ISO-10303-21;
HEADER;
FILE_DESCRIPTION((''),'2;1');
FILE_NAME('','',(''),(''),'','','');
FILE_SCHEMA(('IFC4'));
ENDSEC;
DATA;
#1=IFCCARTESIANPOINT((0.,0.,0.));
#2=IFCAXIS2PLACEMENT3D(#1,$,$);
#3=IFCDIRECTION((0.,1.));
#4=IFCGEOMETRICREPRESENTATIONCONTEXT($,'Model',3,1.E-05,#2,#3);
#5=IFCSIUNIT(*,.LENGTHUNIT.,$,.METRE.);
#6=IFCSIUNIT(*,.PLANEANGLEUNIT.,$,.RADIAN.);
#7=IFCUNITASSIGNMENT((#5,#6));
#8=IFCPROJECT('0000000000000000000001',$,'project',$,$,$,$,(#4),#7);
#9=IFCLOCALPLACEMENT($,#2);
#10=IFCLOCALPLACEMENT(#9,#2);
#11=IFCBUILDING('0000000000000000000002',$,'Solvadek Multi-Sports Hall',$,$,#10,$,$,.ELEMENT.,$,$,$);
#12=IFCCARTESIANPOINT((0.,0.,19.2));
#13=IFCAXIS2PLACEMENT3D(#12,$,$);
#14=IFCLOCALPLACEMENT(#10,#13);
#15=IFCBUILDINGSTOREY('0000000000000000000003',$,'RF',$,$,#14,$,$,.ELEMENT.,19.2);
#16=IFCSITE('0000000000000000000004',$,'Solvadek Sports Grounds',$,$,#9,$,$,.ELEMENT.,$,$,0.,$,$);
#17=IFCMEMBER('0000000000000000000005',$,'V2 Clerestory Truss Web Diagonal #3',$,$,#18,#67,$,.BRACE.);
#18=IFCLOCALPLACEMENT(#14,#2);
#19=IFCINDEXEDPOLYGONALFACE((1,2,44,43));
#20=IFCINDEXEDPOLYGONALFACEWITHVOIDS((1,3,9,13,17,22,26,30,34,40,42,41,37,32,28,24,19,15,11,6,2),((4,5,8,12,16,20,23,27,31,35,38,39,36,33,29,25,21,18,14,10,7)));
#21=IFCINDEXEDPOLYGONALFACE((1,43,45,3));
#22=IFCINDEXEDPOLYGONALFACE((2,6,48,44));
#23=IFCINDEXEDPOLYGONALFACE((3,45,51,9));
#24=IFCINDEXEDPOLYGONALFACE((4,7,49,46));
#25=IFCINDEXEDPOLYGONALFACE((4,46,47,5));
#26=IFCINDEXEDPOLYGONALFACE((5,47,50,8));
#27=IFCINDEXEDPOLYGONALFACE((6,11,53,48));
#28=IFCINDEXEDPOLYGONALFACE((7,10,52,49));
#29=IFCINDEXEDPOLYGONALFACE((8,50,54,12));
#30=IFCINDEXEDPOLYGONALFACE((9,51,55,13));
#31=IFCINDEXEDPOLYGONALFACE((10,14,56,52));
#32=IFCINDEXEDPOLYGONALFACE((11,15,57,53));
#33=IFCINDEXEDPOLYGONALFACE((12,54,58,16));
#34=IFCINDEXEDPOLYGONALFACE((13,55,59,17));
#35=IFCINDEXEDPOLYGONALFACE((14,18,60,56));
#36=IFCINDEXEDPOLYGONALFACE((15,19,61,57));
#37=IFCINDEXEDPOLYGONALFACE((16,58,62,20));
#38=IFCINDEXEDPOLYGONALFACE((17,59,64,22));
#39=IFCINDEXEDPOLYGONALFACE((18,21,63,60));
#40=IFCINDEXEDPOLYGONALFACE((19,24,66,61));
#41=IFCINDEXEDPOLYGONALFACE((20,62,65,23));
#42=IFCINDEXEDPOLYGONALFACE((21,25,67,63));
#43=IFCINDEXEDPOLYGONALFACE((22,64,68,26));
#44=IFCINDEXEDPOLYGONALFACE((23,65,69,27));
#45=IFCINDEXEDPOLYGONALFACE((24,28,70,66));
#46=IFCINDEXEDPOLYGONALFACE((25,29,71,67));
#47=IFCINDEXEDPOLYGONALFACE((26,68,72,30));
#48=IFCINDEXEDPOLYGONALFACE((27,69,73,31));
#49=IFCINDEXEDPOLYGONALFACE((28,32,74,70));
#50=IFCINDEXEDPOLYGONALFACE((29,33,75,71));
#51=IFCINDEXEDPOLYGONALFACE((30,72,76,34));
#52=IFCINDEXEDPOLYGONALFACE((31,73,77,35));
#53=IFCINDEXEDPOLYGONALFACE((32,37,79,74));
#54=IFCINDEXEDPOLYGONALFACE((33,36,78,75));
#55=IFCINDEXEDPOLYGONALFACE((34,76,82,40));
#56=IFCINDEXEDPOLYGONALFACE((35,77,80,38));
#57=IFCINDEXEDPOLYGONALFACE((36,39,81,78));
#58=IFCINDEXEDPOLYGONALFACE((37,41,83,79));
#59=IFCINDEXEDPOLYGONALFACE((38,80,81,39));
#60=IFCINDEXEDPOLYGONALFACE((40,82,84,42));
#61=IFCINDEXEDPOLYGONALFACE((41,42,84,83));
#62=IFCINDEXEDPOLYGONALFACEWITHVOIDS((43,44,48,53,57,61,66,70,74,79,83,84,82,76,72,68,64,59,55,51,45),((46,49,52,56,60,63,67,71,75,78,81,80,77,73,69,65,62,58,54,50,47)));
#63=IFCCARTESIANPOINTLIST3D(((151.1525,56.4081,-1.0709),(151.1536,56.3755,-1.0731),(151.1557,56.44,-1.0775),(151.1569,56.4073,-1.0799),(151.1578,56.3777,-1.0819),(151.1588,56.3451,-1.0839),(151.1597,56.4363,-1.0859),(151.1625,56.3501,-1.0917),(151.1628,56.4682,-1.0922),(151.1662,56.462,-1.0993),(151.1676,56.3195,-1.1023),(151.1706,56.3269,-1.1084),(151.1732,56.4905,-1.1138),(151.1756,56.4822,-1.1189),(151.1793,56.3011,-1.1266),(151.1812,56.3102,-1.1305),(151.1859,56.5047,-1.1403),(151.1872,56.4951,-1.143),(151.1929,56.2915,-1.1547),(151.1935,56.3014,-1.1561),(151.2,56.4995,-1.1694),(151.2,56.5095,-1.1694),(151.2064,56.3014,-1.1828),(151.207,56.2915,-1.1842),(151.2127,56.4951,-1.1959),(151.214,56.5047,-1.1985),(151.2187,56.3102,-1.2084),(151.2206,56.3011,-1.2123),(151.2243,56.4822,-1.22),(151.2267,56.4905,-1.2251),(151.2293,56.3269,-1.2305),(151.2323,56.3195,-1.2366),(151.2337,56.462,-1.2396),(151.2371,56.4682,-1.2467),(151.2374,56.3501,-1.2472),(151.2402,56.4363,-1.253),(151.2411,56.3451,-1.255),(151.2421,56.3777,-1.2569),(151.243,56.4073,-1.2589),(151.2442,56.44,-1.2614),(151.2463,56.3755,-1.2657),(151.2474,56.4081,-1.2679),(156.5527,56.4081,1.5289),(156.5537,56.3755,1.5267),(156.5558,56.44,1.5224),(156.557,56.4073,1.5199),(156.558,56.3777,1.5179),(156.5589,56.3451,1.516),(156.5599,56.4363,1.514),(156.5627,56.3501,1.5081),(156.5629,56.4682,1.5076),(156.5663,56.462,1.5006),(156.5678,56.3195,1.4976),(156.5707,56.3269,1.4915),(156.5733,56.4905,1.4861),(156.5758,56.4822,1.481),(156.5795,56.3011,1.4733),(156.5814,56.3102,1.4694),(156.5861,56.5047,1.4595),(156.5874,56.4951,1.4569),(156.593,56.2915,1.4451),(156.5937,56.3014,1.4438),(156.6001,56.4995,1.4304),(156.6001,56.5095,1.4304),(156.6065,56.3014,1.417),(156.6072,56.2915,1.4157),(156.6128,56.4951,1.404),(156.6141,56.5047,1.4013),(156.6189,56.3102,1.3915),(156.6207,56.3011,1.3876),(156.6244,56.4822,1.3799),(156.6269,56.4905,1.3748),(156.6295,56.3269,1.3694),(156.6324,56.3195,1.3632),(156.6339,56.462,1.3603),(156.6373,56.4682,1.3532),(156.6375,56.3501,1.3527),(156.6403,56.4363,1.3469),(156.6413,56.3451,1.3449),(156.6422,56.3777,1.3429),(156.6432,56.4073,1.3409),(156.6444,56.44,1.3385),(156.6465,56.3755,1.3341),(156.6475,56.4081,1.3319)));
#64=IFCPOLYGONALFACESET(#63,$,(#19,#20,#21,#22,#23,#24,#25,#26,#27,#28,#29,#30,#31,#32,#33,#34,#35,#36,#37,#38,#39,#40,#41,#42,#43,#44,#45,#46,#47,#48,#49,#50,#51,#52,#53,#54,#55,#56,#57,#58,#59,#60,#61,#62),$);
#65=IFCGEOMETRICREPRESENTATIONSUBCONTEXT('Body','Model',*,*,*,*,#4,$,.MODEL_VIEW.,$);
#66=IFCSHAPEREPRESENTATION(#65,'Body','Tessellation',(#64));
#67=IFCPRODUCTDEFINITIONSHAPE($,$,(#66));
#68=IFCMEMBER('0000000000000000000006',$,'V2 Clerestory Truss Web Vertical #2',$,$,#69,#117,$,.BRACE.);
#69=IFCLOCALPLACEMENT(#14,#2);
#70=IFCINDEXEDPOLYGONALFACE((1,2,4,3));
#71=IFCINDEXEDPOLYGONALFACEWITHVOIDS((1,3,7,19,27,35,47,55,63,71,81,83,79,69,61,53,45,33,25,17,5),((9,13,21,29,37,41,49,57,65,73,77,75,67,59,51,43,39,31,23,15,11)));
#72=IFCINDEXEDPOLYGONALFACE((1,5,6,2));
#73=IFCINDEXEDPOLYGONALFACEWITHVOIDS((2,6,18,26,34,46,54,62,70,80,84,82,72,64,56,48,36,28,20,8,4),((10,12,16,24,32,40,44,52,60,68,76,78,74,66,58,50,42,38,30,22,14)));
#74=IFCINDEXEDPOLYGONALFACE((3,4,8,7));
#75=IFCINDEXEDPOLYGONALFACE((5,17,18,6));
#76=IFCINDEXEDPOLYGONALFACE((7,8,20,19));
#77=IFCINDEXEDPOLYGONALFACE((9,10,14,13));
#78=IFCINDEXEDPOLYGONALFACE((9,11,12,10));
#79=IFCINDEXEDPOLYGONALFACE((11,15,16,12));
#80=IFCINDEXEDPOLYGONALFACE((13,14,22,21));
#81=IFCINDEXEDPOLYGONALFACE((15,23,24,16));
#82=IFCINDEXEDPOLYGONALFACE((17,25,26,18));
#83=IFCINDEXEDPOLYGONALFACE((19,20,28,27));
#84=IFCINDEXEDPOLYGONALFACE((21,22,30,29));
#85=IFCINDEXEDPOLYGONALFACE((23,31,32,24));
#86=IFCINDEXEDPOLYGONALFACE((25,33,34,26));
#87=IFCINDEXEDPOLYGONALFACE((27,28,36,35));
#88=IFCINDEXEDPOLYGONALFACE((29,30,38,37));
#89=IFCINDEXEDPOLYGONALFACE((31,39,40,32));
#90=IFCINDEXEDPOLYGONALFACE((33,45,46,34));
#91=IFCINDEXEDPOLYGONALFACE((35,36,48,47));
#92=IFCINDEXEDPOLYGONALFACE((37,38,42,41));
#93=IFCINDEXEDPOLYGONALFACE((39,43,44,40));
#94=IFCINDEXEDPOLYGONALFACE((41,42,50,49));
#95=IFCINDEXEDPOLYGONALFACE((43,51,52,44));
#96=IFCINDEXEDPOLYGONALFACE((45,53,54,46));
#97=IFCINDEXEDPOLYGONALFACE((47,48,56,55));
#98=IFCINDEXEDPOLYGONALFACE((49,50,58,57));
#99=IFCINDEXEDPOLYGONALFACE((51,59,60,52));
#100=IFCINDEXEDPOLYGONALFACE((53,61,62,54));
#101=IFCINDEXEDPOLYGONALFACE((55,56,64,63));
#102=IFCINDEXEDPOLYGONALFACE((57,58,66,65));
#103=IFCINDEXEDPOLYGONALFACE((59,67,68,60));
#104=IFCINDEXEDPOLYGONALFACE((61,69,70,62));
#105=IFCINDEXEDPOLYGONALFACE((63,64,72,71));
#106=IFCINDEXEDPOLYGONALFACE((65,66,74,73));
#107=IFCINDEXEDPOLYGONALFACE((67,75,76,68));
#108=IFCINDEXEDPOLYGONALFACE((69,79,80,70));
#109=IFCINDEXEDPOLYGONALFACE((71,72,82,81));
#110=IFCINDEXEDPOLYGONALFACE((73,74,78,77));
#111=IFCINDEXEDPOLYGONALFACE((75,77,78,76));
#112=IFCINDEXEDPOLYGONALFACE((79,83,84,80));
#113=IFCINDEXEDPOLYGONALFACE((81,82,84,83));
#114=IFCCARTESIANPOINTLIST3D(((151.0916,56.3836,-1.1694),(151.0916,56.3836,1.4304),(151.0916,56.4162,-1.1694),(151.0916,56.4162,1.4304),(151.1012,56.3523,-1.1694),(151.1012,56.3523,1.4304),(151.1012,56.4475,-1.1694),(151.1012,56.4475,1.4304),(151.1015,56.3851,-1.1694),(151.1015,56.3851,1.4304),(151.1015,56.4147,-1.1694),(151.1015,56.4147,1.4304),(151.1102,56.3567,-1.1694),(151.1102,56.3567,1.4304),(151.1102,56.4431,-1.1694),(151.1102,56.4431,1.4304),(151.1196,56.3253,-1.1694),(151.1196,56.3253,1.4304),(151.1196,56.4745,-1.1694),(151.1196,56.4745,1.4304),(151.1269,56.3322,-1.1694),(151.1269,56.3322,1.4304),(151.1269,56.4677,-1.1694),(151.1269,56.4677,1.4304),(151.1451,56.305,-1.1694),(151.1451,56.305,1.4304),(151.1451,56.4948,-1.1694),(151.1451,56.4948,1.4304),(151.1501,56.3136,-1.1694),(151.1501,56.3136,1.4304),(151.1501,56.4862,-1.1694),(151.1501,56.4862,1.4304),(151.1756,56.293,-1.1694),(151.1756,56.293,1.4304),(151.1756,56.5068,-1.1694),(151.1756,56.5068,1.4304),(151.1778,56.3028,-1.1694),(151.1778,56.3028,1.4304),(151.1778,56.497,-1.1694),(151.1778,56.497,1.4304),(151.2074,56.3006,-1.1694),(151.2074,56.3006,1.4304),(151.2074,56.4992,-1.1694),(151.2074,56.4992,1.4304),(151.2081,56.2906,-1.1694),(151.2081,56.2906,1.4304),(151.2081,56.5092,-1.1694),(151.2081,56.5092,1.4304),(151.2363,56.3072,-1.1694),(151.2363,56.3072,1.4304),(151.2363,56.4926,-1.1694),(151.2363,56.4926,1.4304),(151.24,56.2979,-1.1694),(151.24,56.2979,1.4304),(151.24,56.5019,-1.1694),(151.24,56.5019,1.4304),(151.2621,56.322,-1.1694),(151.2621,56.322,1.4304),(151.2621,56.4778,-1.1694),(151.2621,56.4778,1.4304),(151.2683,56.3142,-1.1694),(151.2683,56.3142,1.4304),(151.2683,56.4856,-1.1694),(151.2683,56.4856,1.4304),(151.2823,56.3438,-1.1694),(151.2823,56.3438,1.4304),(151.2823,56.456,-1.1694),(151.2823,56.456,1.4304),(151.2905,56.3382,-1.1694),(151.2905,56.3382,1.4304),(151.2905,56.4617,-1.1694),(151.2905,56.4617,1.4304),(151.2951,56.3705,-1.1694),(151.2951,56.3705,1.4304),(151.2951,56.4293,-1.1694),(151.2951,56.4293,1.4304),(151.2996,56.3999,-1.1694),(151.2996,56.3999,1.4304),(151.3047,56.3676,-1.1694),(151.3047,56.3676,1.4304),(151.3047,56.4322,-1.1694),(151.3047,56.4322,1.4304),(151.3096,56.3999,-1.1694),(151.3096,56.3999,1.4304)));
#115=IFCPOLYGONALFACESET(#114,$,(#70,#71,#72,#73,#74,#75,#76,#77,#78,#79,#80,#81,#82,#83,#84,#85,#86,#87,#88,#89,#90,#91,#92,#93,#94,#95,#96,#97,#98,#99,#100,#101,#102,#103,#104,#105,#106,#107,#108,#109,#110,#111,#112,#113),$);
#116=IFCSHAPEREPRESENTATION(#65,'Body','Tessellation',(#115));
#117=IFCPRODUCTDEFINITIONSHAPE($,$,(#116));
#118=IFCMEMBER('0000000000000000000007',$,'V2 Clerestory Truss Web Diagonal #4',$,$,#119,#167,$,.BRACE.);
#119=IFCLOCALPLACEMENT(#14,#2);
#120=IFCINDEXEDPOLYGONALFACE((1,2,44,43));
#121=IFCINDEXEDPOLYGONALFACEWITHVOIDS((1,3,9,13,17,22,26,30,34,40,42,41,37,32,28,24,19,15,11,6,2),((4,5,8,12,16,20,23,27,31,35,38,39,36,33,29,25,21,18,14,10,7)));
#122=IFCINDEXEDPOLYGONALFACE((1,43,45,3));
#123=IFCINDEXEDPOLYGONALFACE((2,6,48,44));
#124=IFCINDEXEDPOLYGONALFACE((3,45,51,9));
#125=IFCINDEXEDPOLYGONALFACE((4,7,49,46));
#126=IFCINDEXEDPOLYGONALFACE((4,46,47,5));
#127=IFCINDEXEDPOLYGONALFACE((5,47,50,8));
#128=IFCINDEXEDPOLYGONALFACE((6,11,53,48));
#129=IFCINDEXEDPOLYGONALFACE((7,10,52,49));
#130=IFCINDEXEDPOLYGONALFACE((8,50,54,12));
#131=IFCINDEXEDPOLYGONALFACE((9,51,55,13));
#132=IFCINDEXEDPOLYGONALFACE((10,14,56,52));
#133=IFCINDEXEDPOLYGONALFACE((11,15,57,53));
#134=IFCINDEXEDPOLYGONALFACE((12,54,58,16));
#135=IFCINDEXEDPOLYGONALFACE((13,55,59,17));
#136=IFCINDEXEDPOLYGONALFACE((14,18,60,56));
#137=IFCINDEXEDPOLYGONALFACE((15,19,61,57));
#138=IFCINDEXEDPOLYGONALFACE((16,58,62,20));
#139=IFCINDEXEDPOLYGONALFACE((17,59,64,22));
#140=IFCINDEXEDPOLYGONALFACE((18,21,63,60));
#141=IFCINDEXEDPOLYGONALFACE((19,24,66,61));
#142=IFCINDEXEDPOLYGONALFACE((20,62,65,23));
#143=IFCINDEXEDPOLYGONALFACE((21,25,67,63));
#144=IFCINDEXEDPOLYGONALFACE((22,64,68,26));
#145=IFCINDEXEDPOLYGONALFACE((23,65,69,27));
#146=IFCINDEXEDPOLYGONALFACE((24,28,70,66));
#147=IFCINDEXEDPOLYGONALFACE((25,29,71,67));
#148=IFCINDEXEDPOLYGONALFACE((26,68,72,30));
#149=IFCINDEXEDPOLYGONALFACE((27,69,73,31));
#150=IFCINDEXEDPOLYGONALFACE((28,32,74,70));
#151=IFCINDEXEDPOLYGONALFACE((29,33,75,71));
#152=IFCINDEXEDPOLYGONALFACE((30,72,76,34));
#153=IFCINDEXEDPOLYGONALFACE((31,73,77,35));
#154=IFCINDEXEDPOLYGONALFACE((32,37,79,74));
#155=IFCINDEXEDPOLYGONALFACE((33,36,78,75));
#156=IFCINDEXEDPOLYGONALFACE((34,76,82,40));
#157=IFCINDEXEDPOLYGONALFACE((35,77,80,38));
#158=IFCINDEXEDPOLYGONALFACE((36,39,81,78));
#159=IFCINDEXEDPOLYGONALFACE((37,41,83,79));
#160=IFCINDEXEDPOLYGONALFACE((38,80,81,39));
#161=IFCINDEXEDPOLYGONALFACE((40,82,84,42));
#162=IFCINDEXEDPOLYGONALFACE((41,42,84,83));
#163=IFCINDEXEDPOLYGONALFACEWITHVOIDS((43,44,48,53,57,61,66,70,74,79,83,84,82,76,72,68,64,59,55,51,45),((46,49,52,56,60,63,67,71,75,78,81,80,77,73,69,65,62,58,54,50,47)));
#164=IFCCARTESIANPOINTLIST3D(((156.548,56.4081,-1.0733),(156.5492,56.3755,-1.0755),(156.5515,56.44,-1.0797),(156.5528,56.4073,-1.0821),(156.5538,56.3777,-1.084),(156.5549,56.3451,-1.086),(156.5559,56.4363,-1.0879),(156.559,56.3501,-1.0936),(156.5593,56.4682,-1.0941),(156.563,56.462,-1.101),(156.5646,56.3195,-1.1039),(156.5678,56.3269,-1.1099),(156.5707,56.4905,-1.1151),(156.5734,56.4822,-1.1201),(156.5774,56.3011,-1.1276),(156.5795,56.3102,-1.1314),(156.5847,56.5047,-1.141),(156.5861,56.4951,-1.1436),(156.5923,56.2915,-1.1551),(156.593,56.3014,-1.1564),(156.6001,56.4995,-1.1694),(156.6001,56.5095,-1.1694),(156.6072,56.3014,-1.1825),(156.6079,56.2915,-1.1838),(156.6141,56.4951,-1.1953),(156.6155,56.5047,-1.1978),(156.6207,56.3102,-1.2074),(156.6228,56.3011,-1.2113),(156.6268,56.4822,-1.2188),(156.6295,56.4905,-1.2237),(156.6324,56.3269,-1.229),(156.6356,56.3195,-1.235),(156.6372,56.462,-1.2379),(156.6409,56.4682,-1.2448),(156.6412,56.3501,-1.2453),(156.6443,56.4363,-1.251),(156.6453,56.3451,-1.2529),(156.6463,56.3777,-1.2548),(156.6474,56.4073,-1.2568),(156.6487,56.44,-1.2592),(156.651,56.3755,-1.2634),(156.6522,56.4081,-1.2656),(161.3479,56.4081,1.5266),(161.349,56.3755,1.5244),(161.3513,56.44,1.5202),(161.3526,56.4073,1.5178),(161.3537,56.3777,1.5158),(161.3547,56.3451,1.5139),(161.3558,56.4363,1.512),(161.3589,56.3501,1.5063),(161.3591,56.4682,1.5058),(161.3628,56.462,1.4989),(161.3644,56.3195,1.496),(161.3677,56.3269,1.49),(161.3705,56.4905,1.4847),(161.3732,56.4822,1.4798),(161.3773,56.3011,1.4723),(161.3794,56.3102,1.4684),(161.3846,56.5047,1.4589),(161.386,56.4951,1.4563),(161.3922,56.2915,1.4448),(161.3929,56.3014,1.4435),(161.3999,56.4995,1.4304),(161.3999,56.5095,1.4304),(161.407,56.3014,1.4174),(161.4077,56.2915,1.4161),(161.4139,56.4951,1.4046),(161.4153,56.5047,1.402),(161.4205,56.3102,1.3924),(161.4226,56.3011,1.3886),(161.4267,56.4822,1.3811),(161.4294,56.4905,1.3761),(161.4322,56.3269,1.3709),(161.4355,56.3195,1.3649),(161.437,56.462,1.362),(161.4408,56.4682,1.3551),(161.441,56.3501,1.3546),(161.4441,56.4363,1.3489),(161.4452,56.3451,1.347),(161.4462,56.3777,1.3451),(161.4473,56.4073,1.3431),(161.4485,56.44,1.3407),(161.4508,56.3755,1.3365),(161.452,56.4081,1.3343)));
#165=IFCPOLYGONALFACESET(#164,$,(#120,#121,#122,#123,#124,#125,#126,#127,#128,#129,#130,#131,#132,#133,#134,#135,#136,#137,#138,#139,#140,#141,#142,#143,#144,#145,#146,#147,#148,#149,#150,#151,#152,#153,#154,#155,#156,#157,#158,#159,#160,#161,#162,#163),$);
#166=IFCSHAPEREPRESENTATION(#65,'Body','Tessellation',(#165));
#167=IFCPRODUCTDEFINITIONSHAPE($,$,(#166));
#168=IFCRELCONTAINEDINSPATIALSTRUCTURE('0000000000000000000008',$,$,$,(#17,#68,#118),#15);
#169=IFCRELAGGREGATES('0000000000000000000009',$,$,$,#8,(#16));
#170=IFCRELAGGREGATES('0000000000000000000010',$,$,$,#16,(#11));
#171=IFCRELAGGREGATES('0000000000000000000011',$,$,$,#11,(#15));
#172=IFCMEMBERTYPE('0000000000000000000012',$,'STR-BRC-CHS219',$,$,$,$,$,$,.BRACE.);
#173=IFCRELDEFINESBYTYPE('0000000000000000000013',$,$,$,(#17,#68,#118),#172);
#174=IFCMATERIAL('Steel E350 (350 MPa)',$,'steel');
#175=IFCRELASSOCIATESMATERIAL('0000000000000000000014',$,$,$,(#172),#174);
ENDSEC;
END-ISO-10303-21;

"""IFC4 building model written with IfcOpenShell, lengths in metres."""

from ifc_helpers import new_model, si_unit, direction, frame, origin, origin_2d, place, context, subcontext, project, spatial, hollow_circle, extrude, material, material_profile, profile_set, type_object, element, save


model = new_model("IFC4")

# Units and contexts
model_context = context("Model", 3, precision=1e-05, world=origin(), true_north=direction((0.0, 1.0)))
body_context = subcontext(model_context, "Body", "Model", "MODEL_VIEW")
ifc_project = project(units=[si_unit("LENGTHUNIT", "METRE"), si_unit("PLANEANGLEUNIT", "RADIAN")], contexts=[model_context])

# Site, building, storey
site_placement = place(None, origin())
site = spatial("IfcSite", under=ifc_project, at=site_placement, Name="Solvadek Sports Grounds", CompositionType="ELEMENT", RefElevation=0.0)
building_placement = place(site_placement, origin())
building = spatial("IfcBuilding", under=site, at=building_placement, Name="Solvadek Multi-Sports Hall", CompositionType="ELEMENT")
storey_placement = place(building_placement, frame((0.0, 0.0, 19.2)))
storey = spatial("IfcBuildingStorey", under=building, at=storey_placement, Name="RF", CompositionType="ELEMENT", Elevation=19.2)

# Members
ifc_material_1 = material(Name="Steel E350 (350 MPa)", Category="steel")
ifc_material_profile_1 = material_profile(ifc_material_1, hollow_circle(Radius=0.1096, WallThickness=0.01, at=origin_2d()), Name="CHS 219.1x10")
ifc_profile_set_1 = profile_set([ifc_material_profile_1], Name="Steel E350 (350 MPa)")
member_type_1 = type_object("IfcMemberType", Name="STR-BRC-CHS219", PredefinedType="BRACE", material=ifc_profile_set_1)
member_1_placement = place(storey_placement, frame((151.2, 56.3999, -1.1694), z_axis=(0.901016, 0.0, 0.433786), x_axis=(0.0, 1.0, 0.0)))
element("IfcMember", 1, at=member_1_placement, inside=storey, type_object=member_type_1, Name="V2 Clerestory Truss Web Diagonal #3", PredefinedType="BRACE", context=body_context, shape_type="SweptSolid", body=[
    extrude(hollow_circle(Radius=0.1096, WallThickness=0.01, at=origin_2d()), origin(), (0.0, 0.0, 1.0), 5.9934),
])
member_2_placement = place(storey_placement, frame((151.2, 56.3999, -1.1694), z_axis=(0.0, 0.0, 1.0), x_axis=(1.0, 0.0, 0.0)))
element("IfcMember", 2, at=member_2_placement, inside=storey, type_object=member_type_1, Name="V2 Clerestory Truss Web Vertical #2", PredefinedType="BRACE", context=body_context, shape_type="SweptSolid", body=[
    extrude(hollow_circle(Radius=0.1096, WallThickness=0.01, at=origin_2d()), origin(), (0.0, 0.0, 1.0), 2.5999),
])
member_3_placement = place(storey_placement, frame((156.6001, 56.3999, -1.1694), z_axis=(0.879295, 0.0, 0.476277), x_axis=(0.0, 1.0, 0.0)))
element("IfcMember", 3, at=member_3_placement, inside=storey, type_object=member_type_1, Name="V2 Clerestory Truss Web Diagonal #4", PredefinedType="BRACE", context=body_context, shape_type="SweptSolid", body=[
    extrude(hollow_circle(Radius=0.1096, WallThickness=0.01, at=origin_2d()), origin(), (0.0, 0.0, 1.0), 5.4587),
])

save(model, "model.ifc")
